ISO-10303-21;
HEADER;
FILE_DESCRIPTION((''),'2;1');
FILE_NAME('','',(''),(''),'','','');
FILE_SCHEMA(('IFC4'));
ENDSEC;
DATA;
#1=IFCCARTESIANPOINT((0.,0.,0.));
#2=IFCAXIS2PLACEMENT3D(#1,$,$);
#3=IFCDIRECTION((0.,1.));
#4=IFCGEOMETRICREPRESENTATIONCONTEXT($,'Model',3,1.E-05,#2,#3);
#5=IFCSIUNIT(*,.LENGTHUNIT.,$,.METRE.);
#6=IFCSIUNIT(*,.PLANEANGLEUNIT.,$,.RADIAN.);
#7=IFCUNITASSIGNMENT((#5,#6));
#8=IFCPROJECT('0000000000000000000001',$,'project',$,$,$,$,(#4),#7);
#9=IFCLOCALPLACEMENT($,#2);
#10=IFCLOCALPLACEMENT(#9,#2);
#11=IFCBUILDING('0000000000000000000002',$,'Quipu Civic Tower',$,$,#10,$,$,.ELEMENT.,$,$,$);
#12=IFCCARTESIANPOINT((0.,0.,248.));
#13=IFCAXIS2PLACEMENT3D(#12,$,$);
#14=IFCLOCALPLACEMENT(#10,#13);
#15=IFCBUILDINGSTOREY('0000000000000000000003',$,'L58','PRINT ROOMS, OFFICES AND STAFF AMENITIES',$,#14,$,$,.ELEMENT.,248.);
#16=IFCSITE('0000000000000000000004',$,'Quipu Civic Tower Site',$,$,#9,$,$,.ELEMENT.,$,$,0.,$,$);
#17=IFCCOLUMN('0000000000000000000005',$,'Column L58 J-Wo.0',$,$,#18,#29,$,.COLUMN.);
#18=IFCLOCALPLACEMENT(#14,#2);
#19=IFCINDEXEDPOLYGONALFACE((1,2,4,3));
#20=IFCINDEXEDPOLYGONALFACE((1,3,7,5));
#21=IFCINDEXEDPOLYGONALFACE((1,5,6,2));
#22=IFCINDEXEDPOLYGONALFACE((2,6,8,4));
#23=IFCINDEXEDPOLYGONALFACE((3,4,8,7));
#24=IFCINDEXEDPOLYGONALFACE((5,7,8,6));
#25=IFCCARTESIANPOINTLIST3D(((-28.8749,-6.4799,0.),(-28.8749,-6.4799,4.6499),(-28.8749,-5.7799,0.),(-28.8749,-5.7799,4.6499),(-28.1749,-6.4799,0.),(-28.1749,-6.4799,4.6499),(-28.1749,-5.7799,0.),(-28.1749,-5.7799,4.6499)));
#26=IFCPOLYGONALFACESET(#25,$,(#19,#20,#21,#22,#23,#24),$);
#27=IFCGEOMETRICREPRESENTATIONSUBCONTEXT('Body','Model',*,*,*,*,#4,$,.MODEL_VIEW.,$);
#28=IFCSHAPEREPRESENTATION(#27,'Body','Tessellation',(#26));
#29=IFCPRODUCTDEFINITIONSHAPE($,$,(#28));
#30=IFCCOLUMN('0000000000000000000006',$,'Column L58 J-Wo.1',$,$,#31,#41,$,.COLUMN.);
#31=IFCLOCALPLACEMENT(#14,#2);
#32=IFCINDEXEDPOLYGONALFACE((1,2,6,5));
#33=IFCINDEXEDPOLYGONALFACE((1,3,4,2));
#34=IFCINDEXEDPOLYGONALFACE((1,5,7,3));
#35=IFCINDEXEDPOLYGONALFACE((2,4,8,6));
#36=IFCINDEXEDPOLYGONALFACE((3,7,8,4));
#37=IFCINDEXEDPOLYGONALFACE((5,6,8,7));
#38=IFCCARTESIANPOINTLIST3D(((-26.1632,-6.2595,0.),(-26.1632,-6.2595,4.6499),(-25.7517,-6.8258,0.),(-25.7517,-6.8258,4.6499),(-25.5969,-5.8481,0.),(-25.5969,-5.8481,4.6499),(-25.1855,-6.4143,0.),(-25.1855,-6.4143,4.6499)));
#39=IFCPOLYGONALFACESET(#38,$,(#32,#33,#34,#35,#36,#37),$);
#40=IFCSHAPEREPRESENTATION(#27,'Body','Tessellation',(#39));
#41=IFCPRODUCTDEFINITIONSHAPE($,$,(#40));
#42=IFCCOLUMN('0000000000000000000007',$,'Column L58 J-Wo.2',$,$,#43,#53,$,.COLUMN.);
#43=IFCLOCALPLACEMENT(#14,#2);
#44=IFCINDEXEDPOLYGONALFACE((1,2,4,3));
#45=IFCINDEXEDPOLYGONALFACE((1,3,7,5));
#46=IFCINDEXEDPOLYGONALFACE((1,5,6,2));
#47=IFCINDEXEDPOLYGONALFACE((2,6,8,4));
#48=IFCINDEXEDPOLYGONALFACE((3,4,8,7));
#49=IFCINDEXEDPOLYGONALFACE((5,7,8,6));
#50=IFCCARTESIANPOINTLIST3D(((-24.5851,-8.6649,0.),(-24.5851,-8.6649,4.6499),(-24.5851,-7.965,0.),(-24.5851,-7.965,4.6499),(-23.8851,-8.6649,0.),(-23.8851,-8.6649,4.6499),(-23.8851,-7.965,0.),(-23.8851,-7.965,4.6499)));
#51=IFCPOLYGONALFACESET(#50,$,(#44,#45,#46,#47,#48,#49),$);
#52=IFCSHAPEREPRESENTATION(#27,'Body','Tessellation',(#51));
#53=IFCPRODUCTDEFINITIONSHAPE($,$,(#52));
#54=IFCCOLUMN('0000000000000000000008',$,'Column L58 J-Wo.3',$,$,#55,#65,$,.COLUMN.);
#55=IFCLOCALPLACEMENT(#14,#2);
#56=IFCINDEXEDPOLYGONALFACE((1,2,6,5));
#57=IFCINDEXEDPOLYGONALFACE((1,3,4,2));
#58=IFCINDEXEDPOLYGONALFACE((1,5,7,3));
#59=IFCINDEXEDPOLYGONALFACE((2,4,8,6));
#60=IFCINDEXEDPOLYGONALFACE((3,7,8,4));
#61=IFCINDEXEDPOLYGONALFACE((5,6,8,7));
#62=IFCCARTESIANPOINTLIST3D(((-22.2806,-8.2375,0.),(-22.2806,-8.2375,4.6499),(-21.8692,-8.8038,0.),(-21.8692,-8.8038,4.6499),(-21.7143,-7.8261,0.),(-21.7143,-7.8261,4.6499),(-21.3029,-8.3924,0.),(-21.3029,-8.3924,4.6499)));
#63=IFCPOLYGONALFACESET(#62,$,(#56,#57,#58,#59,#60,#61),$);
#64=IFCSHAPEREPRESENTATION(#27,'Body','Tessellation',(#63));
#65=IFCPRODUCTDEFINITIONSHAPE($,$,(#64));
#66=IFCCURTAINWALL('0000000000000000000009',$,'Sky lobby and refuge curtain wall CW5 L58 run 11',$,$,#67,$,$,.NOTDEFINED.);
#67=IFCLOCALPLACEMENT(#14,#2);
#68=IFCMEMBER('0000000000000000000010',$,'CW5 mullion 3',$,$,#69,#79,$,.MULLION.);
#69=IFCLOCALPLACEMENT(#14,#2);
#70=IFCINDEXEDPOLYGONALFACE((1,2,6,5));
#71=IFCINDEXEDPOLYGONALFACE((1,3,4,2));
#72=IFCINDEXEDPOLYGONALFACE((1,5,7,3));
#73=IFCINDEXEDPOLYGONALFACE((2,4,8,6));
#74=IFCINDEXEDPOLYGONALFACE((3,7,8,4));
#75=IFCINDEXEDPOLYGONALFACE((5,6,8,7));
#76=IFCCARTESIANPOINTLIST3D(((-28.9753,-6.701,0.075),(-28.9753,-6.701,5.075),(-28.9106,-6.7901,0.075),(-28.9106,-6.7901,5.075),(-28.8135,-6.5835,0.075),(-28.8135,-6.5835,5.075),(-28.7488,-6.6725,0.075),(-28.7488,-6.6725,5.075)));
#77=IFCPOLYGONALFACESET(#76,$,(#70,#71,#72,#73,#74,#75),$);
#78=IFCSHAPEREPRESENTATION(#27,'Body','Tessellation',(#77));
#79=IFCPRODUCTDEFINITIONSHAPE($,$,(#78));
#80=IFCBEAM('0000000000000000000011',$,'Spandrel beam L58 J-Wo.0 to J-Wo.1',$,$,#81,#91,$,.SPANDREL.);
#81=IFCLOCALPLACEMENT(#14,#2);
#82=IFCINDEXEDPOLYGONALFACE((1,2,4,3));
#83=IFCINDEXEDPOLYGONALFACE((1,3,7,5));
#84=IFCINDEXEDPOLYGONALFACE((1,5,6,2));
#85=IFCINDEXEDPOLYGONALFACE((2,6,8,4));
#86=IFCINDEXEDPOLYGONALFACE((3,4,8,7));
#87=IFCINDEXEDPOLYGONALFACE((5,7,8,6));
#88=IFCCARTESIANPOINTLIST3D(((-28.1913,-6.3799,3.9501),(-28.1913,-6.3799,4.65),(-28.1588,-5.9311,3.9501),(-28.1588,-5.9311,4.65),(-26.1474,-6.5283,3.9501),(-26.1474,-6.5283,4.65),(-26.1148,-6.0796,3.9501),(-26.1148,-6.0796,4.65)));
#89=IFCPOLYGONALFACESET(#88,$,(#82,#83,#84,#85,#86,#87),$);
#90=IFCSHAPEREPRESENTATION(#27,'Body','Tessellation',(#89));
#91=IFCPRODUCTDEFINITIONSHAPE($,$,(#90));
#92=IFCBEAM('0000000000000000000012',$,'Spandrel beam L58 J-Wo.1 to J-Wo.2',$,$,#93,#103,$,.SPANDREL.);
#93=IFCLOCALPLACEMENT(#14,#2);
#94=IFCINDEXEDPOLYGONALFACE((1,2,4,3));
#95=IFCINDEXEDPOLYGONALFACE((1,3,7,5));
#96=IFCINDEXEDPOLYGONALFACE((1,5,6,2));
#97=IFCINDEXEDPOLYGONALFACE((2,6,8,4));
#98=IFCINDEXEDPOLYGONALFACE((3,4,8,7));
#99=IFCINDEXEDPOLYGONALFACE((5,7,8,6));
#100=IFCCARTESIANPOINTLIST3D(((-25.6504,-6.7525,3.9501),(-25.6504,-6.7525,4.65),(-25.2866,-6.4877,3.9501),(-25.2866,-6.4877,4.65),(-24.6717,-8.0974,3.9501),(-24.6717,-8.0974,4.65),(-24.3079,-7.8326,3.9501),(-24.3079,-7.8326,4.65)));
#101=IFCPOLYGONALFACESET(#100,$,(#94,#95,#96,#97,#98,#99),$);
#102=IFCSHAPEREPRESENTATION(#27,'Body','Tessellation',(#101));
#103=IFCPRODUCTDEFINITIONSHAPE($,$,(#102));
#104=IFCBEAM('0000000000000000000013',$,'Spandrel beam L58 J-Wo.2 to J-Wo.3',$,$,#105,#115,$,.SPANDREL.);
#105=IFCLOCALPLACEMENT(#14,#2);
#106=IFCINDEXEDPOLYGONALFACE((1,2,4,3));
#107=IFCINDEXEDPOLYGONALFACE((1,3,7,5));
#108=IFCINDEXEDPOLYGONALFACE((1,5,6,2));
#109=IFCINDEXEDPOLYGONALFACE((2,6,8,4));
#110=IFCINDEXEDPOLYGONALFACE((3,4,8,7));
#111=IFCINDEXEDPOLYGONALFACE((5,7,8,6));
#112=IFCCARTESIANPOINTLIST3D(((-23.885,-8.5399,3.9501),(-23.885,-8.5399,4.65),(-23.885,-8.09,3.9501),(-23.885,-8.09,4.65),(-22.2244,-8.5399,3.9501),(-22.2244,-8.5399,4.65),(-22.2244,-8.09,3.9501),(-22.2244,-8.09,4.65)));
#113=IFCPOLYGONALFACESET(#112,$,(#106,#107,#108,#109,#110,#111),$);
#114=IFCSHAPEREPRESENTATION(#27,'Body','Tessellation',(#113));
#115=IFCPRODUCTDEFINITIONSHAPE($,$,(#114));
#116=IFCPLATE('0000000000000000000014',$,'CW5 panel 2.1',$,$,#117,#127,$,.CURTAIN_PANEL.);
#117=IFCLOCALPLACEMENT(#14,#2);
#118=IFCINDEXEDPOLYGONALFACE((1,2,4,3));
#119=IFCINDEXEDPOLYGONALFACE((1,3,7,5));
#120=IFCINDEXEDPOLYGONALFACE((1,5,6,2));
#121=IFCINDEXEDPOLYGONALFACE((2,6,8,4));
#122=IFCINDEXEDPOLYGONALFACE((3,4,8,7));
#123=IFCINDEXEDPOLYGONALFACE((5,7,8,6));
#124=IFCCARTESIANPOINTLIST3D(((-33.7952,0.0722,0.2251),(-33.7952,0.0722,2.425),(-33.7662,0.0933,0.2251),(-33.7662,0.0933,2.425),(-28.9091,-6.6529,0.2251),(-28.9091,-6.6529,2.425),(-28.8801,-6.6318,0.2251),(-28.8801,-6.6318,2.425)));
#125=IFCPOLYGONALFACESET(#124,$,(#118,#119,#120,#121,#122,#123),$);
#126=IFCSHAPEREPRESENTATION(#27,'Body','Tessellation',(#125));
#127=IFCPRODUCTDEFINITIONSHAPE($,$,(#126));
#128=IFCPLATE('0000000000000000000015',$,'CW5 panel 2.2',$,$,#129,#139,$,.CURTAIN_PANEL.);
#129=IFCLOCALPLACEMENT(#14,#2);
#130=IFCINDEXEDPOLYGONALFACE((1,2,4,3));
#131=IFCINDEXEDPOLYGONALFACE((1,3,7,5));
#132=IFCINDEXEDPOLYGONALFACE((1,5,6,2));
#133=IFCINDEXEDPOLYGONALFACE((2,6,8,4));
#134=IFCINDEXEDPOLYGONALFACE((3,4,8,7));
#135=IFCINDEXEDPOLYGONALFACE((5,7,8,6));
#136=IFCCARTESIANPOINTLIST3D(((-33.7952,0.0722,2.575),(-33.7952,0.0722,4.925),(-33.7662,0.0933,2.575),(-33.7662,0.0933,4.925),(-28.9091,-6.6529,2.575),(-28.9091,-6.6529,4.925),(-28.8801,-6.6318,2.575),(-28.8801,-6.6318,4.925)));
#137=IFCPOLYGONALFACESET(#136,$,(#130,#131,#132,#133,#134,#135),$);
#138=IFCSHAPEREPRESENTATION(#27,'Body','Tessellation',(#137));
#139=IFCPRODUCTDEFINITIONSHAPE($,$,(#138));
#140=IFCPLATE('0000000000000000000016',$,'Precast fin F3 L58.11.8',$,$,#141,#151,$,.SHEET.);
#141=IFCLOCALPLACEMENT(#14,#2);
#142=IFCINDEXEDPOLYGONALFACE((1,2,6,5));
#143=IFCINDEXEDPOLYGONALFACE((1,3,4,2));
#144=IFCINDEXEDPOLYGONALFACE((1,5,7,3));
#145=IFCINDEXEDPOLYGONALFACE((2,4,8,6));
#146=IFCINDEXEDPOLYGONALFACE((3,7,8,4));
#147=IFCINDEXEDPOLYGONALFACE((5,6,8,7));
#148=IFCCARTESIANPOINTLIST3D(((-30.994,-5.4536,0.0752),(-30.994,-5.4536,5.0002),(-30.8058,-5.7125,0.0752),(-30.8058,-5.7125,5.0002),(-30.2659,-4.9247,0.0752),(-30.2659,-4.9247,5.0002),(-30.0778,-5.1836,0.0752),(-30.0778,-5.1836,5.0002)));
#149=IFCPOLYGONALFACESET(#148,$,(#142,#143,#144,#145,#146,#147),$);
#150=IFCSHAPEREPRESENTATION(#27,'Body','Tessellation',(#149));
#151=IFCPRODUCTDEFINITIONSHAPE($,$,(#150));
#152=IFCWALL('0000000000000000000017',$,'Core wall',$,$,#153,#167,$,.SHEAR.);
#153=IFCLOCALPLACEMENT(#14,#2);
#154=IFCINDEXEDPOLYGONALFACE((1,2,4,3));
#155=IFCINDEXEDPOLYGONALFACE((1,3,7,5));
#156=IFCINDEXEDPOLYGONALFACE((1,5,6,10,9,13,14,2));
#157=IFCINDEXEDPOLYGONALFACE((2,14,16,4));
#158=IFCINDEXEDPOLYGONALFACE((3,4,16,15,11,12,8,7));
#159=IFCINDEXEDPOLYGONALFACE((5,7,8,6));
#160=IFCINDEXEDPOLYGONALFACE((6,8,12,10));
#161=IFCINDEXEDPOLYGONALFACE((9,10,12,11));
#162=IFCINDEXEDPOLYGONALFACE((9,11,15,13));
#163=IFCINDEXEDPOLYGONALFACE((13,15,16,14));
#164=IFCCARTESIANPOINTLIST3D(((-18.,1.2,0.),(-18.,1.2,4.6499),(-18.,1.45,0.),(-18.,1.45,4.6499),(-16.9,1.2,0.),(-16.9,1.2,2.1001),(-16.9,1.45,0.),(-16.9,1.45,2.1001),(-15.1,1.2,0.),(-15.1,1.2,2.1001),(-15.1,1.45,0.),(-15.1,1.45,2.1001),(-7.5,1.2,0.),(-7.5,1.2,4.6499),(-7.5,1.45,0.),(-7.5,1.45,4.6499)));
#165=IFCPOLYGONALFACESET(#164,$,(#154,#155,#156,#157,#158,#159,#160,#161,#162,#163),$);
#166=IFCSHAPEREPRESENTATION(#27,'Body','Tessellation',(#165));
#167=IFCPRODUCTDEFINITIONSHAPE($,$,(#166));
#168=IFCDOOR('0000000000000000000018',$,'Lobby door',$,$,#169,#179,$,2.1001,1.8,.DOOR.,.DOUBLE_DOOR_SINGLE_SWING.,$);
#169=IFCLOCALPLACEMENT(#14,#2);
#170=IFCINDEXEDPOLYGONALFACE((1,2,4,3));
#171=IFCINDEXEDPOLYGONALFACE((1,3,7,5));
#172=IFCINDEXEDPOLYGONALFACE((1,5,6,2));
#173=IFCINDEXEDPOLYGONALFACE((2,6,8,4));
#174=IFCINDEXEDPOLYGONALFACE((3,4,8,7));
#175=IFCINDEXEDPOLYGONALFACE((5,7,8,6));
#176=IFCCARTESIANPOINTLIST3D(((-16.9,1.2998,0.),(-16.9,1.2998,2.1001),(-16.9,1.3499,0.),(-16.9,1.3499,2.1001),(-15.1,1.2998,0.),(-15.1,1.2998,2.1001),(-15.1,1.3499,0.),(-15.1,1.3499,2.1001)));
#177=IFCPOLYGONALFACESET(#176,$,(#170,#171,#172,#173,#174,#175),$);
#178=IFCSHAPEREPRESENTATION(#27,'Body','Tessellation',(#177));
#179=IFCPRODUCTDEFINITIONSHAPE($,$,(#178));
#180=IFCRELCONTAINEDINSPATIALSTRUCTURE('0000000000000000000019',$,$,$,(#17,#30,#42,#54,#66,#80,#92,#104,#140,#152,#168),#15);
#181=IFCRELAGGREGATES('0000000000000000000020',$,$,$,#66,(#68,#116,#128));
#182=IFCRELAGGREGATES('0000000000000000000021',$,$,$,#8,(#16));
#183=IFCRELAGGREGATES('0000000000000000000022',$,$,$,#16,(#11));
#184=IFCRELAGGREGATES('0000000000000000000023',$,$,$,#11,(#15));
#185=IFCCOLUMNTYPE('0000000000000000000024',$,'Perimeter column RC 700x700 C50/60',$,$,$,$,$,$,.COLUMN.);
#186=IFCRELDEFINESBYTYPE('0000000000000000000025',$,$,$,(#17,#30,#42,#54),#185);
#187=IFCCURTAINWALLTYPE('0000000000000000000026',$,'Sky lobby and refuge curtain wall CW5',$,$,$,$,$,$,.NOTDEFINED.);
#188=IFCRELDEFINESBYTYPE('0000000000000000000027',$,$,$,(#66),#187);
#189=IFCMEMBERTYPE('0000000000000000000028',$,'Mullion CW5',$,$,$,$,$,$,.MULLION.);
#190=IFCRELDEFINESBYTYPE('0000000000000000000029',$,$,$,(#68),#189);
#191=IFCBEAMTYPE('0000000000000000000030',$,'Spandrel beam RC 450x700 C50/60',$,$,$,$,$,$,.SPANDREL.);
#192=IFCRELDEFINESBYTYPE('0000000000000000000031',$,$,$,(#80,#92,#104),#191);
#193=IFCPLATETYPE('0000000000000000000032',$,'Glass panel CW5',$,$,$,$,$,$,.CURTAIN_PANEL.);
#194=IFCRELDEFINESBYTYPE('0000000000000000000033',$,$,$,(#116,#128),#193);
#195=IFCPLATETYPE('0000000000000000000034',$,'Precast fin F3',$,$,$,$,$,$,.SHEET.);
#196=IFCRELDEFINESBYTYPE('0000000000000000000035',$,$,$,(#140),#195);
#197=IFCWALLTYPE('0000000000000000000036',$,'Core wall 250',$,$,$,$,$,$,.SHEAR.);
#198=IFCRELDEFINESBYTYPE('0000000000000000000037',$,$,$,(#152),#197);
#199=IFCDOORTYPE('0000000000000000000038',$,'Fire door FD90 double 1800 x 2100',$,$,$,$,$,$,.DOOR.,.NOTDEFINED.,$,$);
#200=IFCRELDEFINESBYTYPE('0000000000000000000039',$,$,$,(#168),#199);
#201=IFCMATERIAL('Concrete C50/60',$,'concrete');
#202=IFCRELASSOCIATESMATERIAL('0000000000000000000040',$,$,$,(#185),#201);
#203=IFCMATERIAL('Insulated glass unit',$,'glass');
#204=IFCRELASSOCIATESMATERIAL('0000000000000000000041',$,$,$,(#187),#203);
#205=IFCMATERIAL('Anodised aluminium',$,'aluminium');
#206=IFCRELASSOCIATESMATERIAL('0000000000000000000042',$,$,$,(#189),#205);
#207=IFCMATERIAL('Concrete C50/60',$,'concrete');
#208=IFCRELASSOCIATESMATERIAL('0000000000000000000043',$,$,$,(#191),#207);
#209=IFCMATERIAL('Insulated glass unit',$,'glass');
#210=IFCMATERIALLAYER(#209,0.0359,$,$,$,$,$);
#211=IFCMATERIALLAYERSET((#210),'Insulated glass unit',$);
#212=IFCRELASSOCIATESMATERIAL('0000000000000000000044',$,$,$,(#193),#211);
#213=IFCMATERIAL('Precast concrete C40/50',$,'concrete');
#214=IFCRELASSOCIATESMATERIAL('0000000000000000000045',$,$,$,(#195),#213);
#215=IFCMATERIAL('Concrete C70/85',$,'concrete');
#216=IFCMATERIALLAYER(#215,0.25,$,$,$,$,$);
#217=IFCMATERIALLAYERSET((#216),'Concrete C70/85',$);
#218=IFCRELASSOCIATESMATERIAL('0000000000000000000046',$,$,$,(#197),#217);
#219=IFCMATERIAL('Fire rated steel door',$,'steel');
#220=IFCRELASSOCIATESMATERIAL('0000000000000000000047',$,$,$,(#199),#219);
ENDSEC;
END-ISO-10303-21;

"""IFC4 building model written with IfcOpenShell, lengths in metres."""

from ifc_helpers import new_model, si_unit, direction, frame, frame_2d, origin, origin_2d, place, context, subcontext, project, spatial, rectangle, extrude, material, layer, layer_set, material_profile, profile_set, type_object, element, fill, aggregate, save


model = new_model("IFC4")

# Units and contexts
model_context = context("Model", 3, precision=1e-05, world=origin(), true_north=direction((0.0, 1.0)))
body_context = subcontext(model_context, "Body", "Model", "MODEL_VIEW")
ifc_project = project(units=[si_unit("LENGTHUNIT", "METRE"), si_unit("PLANEANGLEUNIT", "RADIAN")], contexts=[model_context])

# Site, building, storey
site_placement = place(None, origin())
site = spatial("IfcSite", under=ifc_project, at=site_placement, Name="Quipu Civic Tower Site", CompositionType="ELEMENT", RefElevation=0.0)
building_placement = place(site_placement, origin())
building = spatial("IfcBuilding", under=site, at=building_placement, Name="Quipu Civic Tower", CompositionType="ELEMENT")
storey_placement = place(building_placement, frame((0.0, 0.0, 248.0)))
storey = spatial("IfcBuildingStorey", under=building, at=storey_placement, Name="L58", Description="PRINT ROOMS, OFFICES AND STAFF AMENITIES", CompositionType="ELEMENT", Elevation=248.0)

# Columns
ifc_material_1 = material(Name="Concrete C50/60", Category="concrete")
ifc_material_profile_1 = material_profile(ifc_material_1, rectangle(XDim=0.7, YDim=0.7, at=origin_2d()), Name="RC700x700")
ifc_profile_set_1 = profile_set([ifc_material_profile_1], Name="Concrete C50/60")
column_type = type_object("IfcColumnType", Name="Perimeter column RC 700x700 C50/60", PredefinedType="COLUMN", material=ifc_profile_set_1)
for number, where, z_axis, x_axis, name in (
    (1, (-28.5249, -6.1299, 0.0), (0.0, 0.0, 1.0), (1.0, 0.0, 0.0), "Column L58 J-Wo.0"),
    (2, (-25.6743, -6.3369, 0.0), (0.0, 0.0, 1.0), (0.587785, -0.809017, 0.0), "Column L58 J-Wo.1"),
    (3, (-24.2351, -8.3149, 0.0), (0.0, 0.0, 1.0), (1.0, 0.0, 0.0), "Column L58 J-Wo.2"),
    (4, (-21.7917, -8.3149, 0.0), (0.0, 0.0, 1.0), (0.587785, -0.809017, 0.0), "Column L58 J-Wo.3"),
):
    element("IfcColumn", number, at=place(storey_placement, frame(where, z_axis=z_axis, x_axis=x_axis)), inside=storey, type_object=column_type, Name=name, PredefinedType="COLUMN", context=body_context, shape_type="SweptSolid", body=[
        extrude(rectangle(XDim=0.7, YDim=0.7, at=origin_2d()), origin(), (0.0, 0.0, 1.0), 4.6499),
    ])

# Curtain wall, member
ifc_material_2 = material(Name="Insulated glass unit", Category="glass")
curtain_wall_type = type_object("IfcCurtainWallType", Name="Sky lobby and refuge curtain wall CW5", PredefinedType="NOTDEFINED", material=ifc_material_2)
curtain_wall_placement = place(storey_placement, origin())
curtain_wall = element("IfcCurtainWall", 5, at=curtain_wall_placement, inside=storey, type_object=curtain_wall_type, Name="Sky lobby and refuge curtain wall CW5 L58 run 11", PredefinedType="NOTDEFINED")
ifc_material_3 = material(Name="Anodised aluminium", Category="aluminium")
ifc_material_profile_2 = material_profile(ifc_material_3, rectangle(XDim=0.2, YDim=0.1101, at=origin_2d()), Name="RECT 200x110")
ifc_profile_set_2 = profile_set([ifc_material_profile_2], Name="Anodised aluminium")
member_type = type_object("IfcMemberType", Name="Mullion CW5", PredefinedType="MULLION", material=ifc_profile_set_2)
member_placement = place(storey_placement, frame((-28.8621, -6.6868, 0.075), z_axis=(0.0, 0.0, 1.0), x_axis=(0.809016, 0.587786, 0.0)))
member = element("IfcMember", 6, at=member_placement, type_object=member_type, Name="CW5 mullion 3", PredefinedType="MULLION", context=body_context, shape_type="SweptSolid", body=[
    extrude(rectangle(XDim=0.2, YDim=0.1101, at=origin_2d()), origin(), (0.0, 0.0, 1.0), 5.0),
])

# Beams
ifc_material_4 = material(Name="Concrete C50/60", Category="concrete")
ifc_material_profile_3 = material_profile(ifc_material_4, rectangle(XDim=0.45, YDim=0.7, at=origin_2d()), Name="RC450x700")
ifc_profile_set_3 = profile_set([ifc_material_profile_3], Name="Concrete C50/60")
beam_type = type_object("IfcBeamType", Name="Spandrel beam RC 450x700 C50/60", PredefinedType="SPANDREL", material=ifc_profile_set_3)
beam_1_placement = place(storey_placement, frame((-28.175, -6.1555, 4.3), z_axis=(0.997373, -0.072432, 0.0), x_axis=(0.072432, 0.997373, 0.0)))
element("IfcBeam", 7, at=beam_1_placement, inside=storey, type_object=beam_type, Name="Spandrel beam L58 J-Wo.0 to J-Wo.1", PredefinedType="SPANDREL", context=body_context, shape_type="SweptSolid", body=[
    extrude(rectangle(XDim=0.45, YDim=0.7, at=origin_2d()), origin(), (0.0, 0.0, 1.0), 2.0493),
])
beam_2_placement = place(storey_placement, frame((-25.4685, -6.6201, 4.3), z_axis=(0.588407, -0.808565, 0.0), x_axis=(0.808565, 0.588407, 0.0)))
element("IfcBeam", 8, at=beam_2_placement, inside=storey, type_object=beam_type, Name="Spandrel beam L58 J-Wo.1 to J-Wo.2", PredefinedType="SPANDREL", context=body_context, shape_type="SweptSolid", body=[
    extrude(rectangle(XDim=0.45, YDim=0.7, at=origin_2d()), origin(), (0.0, 0.0, 1.0), 1.6633),
])
beam_3_placement = place(storey_placement, frame((-23.885, -8.3149, 4.3), z_axis=(1.0, 0.0, 0.0), x_axis=(0.0, 1.0, 0.0)))
element("IfcBeam", 9, at=beam_3_placement, inside=storey, type_object=beam_type, Name="Spandrel beam L58 J-Wo.2 to J-Wo.3", PredefinedType="SPANDREL", context=body_context, shape_type="SweptSolid", body=[
    extrude(rectangle(XDim=0.45, YDim=0.7, at=origin_2d()), origin(), (0.0, 0.0, 1.0), 1.6606),
])

# Plates
ifc_material_5 = material(Name="Insulated glass unit", Category="glass")
ifc_layer_1 = layer(ifc_material_5, 0.0359)
ifc_layer_set_1 = layer_set([ifc_layer_1], Name="Insulated glass unit")
plate_type_1 = type_object("IfcPlateType", Name="Glass panel CW5", PredefinedType="CURTAIN_PANEL", material=ifc_layer_set_1)
plate_1_placement = place(storey_placement, frame((-31.3376, -3.2798, 0.2251), z_axis=(0.0, 0.0, 1.0), x_axis=(0.587786, -0.809016, 0.0)))
plate_1 = element("IfcPlate", 10, at=plate_1_placement, type_object=plate_type_1, Name="CW5 panel 2.1", PredefinedType="CURTAIN_PANEL", context=body_context, shape_type="SweptSolid", body=[
    extrude(rectangle(XDim=8.3127, YDim=0.0359, at=origin_2d()), origin(), (0.0, 0.0, 1.0), 2.2),
])
plate_2_placement = place(storey_placement, frame((-31.3376, -3.2798, 2.575), z_axis=(0.0, 0.0, 1.0), x_axis=(0.587786, -0.809016, 0.0)))
plate_2 = element("IfcPlate", 11, at=plate_2_placement, type_object=plate_type_1, Name="CW5 panel 2.2", PredefinedType="CURTAIN_PANEL", context=body_context, shape_type="SweptSolid", body=[
    extrude(rectangle(XDim=8.3127, YDim=0.0359, at=origin_2d()), origin(), (0.0, 0.0, 1.0), 2.3501),
])
aggregate(curtain_wall, [member, plate_1, plate_2])
ifc_material_6 = material(Name="Precast concrete C40/50", Category="concrete")
plate_type_2 = type_object("IfcPlateType", Name="Precast fin F3", PredefinedType="SHEET", material=ifc_material_6)
plate_3_placement = place(storey_placement, frame((-30.5359, -5.3186, 0.0752), z_axis=(0.0, 0.0, 1.0), x_axis=(0.587787, -0.809016, 0.0)))
element("IfcPlate", 12, at=plate_3_placement, inside=storey, type_object=plate_type_2, Name="Precast fin F3 L58.11.8", PredefinedType="SHEET", context=body_context, shape_type="SweptSolid", body=[
    extrude(rectangle(XDim=0.3201, YDim=0.8999, at=origin_2d()), origin(), (0.0, 0.0, 1.0), 4.925),
])

# Wall, opening, door
ifc_material_7 = material(Name="Concrete C70/85", Category="concrete")
ifc_layer_2 = layer(ifc_material_7, 0.25)
ifc_layer_set_2 = layer_set([ifc_layer_2], Name="Concrete C70/85")
wall_type_1 = type_object("IfcWallType", Name="Core wall 250", PredefinedType="SHEAR", material=ifc_layer_set_2)
wall_1_placement = place(storey_placement, frame((-18.0, 1.325, 0.0), z_axis=(0.0, 0.0, 1.0), x_axis=(1.0, 0.0, 0.0)))
wall_1 = element("IfcWall", 13, at=wall_1_placement, inside=storey, type_object=wall_type_1, Name="Core wall", PredefinedType="SHEAR", context=body_context, shape_type="SweptSolid", body=[
    extrude(rectangle(XDim=10.5, YDim=0.25, at=frame_2d((5.25, 0.0))), origin(), (0.0, 0.0, 1.0), 4.6499),
])
opening_1_placement = place(wall_1_placement, frame((1.1001, 0.0, 0.0)))
opening_1 = element("IfcOpeningElement", 14, at=opening_1_placement, cuts=wall_1, PredefinedType="OPENING", context=body_context, shape_type="SweptSolid", body=[
    extrude(rectangle(XDim=1.8, YDim=2.1001, at=frame_2d((0.8999, 1.05))), frame((0.0, 0.135, 0.0), z_axis=(0.0, -1.0, 0.0), x_axis=(1.0, 0.0, 0.0)), (0.0, 0.0, 1.0), 0.27),
])
ifc_material_8 = material(Name="Fire rated steel door", Category="steel")
door_type_1 = type_object("IfcDoorType", Name="Fire door FD90 double 1800 x 2100", OperationType="NOTDEFINED", PredefinedType="DOOR", material=ifc_material_8)
door_1_placement = place(opening_1_placement, origin())
door_1 = element("IfcDoor", 15, at=door_1_placement, inside=storey, type_object=door_type_1, Name="Lobby door", OperationType="DOUBLE_DOOR_SINGLE_SWING", OverallHeight=2.1001, OverallWidth=1.8, PredefinedType="DOOR", context=body_context, shape_type="SweptSolid", body=[
    extrude(rectangle(XDim=1.8, YDim=2.1001, at=frame_2d((0.8999, 1.05))), frame((0.0, 0.0249, 0.0), z_axis=(0.0, -1.0, 0.0), x_axis=(1.0, 0.0, 0.0)), (0.0, 0.0, 1.0), 0.05),
])
fill(opening_1, door_1)

save(model, "model.ifc")
